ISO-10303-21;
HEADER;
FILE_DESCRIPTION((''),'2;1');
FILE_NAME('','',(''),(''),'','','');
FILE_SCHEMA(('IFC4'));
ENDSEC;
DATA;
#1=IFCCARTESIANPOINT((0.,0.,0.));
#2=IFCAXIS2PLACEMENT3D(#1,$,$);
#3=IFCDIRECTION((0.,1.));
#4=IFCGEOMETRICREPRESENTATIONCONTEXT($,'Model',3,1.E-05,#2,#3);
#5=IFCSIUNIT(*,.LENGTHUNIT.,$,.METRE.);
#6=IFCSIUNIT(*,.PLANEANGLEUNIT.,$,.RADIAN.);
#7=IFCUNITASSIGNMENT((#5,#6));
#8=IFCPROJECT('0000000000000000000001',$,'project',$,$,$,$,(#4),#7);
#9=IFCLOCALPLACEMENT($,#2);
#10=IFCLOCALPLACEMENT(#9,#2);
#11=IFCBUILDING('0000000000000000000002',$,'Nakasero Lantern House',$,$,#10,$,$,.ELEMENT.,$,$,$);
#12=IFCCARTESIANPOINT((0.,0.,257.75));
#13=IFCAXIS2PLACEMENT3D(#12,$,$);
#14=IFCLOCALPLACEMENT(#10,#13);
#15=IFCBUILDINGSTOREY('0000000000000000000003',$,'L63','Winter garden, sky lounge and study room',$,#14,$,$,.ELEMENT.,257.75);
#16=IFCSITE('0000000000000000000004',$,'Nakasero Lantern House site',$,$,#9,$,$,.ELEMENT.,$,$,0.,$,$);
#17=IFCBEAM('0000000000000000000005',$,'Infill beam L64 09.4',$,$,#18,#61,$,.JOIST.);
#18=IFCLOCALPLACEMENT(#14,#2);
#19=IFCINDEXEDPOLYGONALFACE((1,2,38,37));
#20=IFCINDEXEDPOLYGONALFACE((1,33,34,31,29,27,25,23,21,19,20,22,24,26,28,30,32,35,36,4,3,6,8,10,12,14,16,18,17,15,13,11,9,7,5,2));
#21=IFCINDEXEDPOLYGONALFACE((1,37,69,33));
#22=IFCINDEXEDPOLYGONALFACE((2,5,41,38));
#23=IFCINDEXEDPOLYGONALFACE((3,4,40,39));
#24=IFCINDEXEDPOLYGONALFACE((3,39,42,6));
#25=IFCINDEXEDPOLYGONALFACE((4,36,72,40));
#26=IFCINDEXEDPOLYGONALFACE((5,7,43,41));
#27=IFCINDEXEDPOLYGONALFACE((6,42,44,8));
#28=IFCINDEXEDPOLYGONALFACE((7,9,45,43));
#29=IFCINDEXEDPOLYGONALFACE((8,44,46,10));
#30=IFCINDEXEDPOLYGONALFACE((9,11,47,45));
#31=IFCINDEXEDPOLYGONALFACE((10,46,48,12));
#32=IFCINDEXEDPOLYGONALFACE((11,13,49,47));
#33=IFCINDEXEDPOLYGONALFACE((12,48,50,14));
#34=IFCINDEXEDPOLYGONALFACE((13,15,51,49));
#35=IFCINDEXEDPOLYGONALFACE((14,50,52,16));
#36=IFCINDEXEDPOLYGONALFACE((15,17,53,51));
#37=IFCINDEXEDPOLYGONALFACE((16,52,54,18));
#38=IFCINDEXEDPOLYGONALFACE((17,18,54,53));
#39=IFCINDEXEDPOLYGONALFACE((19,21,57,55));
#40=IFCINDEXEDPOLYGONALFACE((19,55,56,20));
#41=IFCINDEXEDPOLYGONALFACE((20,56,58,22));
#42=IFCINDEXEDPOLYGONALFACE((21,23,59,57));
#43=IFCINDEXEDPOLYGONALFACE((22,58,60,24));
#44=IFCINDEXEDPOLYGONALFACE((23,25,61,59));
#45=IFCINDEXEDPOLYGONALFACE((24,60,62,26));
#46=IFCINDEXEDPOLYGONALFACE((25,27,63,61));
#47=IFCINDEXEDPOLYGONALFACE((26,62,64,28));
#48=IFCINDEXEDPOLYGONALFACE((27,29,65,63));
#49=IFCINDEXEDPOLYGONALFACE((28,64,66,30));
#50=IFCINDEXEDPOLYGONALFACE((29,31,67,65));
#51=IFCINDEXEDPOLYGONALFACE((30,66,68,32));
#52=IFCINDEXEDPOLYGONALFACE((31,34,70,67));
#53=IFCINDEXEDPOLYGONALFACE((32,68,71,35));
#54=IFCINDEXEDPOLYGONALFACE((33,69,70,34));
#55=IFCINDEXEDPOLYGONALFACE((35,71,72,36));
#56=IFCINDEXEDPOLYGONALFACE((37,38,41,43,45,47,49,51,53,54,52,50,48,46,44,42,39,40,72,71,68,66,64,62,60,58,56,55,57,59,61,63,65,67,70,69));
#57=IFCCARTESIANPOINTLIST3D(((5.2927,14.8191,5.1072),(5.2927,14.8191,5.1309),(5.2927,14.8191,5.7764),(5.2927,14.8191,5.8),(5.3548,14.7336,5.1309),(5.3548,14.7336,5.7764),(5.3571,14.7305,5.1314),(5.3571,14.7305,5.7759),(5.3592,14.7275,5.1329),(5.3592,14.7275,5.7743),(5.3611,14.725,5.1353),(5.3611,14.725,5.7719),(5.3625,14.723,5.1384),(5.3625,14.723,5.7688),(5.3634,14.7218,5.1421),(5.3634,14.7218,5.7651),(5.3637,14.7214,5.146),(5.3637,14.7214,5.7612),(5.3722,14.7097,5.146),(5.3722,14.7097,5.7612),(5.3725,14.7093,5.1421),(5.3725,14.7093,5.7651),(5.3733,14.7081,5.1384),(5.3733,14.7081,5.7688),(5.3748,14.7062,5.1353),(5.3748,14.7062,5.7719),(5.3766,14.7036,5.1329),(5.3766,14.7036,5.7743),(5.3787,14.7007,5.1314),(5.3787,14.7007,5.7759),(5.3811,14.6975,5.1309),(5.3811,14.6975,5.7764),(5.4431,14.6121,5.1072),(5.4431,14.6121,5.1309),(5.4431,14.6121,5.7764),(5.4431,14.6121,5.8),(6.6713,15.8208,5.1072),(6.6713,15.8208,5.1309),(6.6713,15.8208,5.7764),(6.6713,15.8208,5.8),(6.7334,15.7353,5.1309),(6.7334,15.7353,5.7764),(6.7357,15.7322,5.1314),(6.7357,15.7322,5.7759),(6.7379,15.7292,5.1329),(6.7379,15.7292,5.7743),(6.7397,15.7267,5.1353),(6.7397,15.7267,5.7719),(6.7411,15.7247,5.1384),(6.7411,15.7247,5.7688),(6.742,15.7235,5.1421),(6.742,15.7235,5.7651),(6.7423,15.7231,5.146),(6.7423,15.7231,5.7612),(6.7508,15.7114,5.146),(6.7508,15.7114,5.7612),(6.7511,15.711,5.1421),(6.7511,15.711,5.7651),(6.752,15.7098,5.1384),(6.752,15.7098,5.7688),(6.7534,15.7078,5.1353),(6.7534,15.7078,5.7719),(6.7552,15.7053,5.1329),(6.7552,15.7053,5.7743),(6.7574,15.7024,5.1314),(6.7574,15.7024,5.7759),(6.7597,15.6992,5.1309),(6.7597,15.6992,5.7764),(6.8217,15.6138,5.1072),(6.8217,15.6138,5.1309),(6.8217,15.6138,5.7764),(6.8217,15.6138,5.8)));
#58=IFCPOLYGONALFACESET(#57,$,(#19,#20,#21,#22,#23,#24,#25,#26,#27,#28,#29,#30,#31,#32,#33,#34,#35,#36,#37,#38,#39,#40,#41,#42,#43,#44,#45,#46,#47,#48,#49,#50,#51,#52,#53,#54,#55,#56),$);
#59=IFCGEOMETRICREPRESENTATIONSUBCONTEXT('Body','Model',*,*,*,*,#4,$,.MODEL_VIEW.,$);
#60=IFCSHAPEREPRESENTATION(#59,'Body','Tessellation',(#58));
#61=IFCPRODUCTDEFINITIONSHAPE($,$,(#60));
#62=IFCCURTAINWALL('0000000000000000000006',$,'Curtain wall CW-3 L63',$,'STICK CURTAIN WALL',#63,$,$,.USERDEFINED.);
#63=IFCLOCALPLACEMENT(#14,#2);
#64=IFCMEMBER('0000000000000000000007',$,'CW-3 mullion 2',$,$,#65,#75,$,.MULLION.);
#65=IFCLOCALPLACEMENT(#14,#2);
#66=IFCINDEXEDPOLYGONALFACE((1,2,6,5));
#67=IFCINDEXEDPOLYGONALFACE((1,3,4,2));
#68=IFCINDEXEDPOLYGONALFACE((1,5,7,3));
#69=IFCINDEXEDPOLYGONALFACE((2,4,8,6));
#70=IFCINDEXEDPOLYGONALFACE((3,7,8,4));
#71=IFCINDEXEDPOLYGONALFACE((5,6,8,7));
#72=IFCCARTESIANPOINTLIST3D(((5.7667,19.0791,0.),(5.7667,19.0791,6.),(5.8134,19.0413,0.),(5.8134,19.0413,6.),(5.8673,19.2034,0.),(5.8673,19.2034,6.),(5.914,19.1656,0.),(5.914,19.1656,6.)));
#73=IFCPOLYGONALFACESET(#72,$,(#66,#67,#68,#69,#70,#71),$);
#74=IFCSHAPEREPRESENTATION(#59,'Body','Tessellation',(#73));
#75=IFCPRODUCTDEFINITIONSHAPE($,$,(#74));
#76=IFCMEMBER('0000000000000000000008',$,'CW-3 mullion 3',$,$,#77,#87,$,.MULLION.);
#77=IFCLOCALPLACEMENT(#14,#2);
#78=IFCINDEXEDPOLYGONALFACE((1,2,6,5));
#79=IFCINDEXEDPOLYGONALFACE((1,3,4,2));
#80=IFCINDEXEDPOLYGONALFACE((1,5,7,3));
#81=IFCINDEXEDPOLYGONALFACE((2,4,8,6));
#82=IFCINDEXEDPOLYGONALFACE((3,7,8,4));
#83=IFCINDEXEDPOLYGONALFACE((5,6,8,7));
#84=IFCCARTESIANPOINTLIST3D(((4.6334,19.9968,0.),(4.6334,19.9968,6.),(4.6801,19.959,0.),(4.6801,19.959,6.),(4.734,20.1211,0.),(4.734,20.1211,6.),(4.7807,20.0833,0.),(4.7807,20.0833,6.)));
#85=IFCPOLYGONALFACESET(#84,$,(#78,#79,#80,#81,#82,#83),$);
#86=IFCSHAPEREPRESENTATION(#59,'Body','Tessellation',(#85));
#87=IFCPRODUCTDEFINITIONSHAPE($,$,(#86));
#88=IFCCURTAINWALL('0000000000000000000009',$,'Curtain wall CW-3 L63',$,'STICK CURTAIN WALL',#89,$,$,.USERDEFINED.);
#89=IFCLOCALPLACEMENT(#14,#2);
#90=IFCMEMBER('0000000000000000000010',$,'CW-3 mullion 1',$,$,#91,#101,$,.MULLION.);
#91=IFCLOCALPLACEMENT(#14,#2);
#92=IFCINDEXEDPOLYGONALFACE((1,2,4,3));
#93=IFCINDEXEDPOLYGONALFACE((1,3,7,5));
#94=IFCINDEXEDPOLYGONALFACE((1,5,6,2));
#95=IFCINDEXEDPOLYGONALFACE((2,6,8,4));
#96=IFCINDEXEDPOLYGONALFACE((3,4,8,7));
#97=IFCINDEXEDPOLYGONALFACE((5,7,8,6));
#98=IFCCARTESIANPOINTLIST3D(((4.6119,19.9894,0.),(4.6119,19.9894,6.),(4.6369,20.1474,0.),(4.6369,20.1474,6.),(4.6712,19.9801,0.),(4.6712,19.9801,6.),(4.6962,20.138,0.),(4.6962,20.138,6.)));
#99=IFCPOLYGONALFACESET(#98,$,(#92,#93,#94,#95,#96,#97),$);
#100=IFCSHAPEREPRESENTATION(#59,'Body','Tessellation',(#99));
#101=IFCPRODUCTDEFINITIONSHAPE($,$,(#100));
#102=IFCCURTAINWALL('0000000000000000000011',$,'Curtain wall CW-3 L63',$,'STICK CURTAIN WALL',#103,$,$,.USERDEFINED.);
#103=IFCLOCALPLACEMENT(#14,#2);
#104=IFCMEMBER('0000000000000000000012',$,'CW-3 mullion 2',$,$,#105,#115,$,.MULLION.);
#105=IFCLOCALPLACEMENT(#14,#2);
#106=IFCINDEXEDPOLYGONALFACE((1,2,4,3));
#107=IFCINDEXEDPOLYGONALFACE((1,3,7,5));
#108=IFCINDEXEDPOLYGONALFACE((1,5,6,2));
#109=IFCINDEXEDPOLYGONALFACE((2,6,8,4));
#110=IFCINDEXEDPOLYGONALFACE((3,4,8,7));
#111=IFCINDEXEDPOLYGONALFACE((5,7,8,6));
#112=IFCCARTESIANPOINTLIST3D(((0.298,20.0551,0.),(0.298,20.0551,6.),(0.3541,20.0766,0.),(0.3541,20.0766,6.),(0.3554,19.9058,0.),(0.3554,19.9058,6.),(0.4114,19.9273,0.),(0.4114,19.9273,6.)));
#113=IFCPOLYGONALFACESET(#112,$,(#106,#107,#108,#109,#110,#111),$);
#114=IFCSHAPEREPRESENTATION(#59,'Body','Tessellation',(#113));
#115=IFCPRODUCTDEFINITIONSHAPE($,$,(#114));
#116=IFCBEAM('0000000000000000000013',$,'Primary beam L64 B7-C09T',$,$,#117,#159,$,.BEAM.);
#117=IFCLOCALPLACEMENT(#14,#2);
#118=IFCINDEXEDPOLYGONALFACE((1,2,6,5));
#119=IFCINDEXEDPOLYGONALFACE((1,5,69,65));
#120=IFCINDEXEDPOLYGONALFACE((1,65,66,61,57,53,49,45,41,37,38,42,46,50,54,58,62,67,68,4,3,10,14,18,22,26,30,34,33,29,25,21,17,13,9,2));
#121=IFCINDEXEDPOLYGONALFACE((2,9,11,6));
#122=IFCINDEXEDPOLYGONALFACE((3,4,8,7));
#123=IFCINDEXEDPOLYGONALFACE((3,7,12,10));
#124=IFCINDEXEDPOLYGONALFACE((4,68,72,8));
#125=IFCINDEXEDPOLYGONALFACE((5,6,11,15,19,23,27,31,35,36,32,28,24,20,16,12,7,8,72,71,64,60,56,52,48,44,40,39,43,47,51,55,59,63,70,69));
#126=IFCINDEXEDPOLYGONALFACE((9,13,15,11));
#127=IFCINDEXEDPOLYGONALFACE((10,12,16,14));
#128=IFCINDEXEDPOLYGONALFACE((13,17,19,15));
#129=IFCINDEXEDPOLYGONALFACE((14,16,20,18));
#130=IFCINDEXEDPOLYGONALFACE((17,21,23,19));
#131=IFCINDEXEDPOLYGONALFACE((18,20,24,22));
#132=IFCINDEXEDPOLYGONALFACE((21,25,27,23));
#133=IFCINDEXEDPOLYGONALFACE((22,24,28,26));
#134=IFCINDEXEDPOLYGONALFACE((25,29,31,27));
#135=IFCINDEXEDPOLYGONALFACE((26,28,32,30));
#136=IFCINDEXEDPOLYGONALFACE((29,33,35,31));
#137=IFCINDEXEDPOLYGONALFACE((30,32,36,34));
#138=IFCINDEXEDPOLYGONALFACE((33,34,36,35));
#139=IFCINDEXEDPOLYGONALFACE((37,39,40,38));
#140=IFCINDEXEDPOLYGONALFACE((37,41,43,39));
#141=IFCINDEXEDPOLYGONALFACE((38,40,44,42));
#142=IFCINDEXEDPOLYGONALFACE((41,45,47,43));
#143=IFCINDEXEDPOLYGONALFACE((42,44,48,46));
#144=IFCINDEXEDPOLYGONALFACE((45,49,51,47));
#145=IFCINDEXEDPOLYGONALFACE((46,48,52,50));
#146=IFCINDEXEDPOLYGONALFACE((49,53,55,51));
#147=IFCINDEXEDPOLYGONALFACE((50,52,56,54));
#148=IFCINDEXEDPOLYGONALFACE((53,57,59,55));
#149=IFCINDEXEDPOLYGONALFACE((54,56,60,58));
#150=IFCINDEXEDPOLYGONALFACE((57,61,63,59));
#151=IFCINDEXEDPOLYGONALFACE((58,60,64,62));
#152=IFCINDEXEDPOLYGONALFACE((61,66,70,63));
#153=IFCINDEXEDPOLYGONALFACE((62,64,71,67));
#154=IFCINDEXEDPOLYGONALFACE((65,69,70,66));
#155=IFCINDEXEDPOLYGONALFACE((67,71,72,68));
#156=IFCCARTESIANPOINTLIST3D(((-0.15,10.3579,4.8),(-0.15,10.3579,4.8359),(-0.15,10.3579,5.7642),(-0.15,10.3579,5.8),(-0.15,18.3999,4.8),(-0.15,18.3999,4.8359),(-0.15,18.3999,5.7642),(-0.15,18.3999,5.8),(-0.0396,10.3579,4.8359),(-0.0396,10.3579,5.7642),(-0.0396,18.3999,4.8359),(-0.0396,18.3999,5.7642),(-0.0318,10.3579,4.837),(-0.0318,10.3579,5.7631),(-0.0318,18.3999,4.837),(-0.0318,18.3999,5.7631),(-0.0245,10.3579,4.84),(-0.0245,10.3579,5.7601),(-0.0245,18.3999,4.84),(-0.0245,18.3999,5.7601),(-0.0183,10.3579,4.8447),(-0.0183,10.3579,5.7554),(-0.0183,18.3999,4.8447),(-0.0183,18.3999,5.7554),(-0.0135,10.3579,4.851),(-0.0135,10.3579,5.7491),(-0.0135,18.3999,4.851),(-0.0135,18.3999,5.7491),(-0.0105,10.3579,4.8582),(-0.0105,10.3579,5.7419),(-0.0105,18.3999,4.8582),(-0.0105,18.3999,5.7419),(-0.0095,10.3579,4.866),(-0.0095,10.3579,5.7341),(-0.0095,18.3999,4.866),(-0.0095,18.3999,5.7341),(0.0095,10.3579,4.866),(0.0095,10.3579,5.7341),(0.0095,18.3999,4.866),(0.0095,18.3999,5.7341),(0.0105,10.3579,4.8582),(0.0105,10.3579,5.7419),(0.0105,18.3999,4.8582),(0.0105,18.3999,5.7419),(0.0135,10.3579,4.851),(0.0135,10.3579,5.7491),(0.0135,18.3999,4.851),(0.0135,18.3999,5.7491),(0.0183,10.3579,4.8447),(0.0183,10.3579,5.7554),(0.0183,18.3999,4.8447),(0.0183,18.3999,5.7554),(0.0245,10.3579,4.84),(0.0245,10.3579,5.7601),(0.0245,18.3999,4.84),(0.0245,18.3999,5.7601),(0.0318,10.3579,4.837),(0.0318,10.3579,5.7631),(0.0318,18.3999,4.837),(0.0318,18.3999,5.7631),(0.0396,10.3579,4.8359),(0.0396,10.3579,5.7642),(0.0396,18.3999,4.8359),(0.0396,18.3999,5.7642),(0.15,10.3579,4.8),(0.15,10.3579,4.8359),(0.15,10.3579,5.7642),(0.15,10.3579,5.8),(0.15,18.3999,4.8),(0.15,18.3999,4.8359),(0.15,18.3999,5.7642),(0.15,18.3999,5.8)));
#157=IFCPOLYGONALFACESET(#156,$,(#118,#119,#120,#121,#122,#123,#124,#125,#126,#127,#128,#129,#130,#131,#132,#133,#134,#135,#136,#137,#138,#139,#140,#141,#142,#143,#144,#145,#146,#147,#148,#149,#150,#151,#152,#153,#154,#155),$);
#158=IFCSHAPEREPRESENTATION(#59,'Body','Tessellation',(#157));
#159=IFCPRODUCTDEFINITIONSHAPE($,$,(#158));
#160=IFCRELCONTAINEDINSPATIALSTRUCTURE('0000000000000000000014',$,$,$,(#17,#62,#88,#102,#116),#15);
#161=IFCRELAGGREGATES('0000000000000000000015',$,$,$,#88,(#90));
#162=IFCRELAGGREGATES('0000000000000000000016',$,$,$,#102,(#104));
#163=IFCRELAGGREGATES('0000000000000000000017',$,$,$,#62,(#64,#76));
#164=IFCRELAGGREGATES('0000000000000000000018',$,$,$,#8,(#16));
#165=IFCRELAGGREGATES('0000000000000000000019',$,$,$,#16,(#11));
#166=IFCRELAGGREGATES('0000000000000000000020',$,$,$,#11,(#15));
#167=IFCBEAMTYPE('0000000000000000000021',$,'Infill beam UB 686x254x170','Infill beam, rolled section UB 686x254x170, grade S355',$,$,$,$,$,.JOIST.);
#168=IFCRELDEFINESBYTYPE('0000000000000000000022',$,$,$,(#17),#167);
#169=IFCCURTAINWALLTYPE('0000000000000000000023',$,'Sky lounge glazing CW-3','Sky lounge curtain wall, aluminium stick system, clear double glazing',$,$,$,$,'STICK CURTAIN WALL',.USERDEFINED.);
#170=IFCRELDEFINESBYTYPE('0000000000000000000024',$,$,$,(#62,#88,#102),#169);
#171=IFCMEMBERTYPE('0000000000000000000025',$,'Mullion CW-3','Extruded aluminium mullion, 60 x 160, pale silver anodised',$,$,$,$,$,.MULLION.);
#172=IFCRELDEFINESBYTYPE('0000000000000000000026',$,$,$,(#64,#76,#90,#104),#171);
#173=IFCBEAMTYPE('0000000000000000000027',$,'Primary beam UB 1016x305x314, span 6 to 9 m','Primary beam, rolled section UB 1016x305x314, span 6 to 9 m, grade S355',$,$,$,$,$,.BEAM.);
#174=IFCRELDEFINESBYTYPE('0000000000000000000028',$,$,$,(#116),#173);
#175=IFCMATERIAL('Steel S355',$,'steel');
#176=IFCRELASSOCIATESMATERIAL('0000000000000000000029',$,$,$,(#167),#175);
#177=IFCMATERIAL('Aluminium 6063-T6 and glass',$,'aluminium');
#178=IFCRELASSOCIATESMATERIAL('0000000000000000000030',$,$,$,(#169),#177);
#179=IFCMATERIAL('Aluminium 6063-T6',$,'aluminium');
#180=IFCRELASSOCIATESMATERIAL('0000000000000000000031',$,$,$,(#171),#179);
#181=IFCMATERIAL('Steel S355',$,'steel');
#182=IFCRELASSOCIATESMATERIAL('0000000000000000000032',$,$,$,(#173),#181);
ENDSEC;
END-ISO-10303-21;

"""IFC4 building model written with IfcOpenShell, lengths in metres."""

from ifc_helpers import new_model, si_unit, direction, frame, origin, origin_2d, place, context, subcontext, project, spatial, rectangle, i_section, extrude, material, material_profile, profile_set, type_object, element, aggregate, save


model = new_model("IFC4")

# Units and contexts
model_context = context("Model", 3, precision=1e-05, world=origin(), true_north=direction((0.0, 1.0)))
body_context = subcontext(model_context, "Body", "Model", "MODEL_VIEW")
ifc_project = project(units=[si_unit("LENGTHUNIT", "METRE"), si_unit("PLANEANGLEUNIT", "RADIAN")], contexts=[model_context])

# Site, building, storey
site_placement = place(None, origin())
site = spatial("IfcSite", under=ifc_project, at=site_placement, Name="Nakasero Lantern House site", CompositionType="ELEMENT", RefElevation=0.0)
building_placement = place(site_placement, origin())
building = spatial("IfcBuilding", under=site, at=building_placement, Name="Nakasero Lantern House", CompositionType="ELEMENT")
storey_placement = place(building_placement, frame((0.0, 0.0, 257.75)))
storey = spatial("IfcBuildingStorey", under=building, at=storey_placement, Name="L63", Description="Winter garden, sky lounge and study room", CompositionType="ELEMENT", Elevation=257.75)

# Beam
ifc_material_1 = material(Name="Steel S355", Category="steel")
ifc_material_profile_1 = material_profile(ifc_material_1, i_section(OverallWidth=0.2559, OverallDepth=0.6929, WebThickness=0.0144, FlangeThickness=0.0237, FilletRadius=0.0151, at=origin_2d()), Name="UB 686x254x170")
ifc_profile_set_1 = profile_set([ifc_material_profile_1], Name="Steel S355")
beam_type_1 = type_object("IfcBeamType", Name="Infill beam UB 686x254x170", Description="Infill beam, rolled section UB 686x254x170, grade S355", PredefinedType="JOIST", material=ifc_profile_set_1)
beam_1_placement = place(storey_placement, frame((5.3679, 14.7156, 5.4536), z_axis=(0.809002, 0.587805, 0.0), x_axis=(-0.587805, 0.809002, 0.0)))
element("IfcBeam", 1, at=beam_1_placement, inside=storey, type_object=beam_type_1, Name="Infill beam L64 09.4", PredefinedType="JOIST", context=body_context, shape_type="SweptSolid", body=[
    extrude(i_section(OverallWidth=0.2559, OverallDepth=0.6929, WebThickness=0.0144, FlangeThickness=0.0237, FilletRadius=0.0151, at=origin_2d()), origin(), (0.0, 0.0, 1.0), 1.7041),
])

# Curtain wall, members
ifc_material_2 = material(Name="Aluminium 6063-T6 and glass", Category="aluminium")
curtain_wall_type = type_object("IfcCurtainWallType", Name="Sky lounge glazing CW-3", Description="Sky lounge curtain wall, aluminium stick system, clear double glazing", ElementType="STICK CURTAIN WALL", PredefinedType="USERDEFINED", material=ifc_material_2)
curtain_wall_1_placement = place(storey_placement, origin())
curtain_wall_1 = element("IfcCurtainWall", 2, at=curtain_wall_1_placement, inside=storey, type_object=curtain_wall_type, Name="Curtain wall CW-3 L63", ObjectType="STICK CURTAIN WALL", PredefinedType="USERDEFINED")
ifc_material_3 = material(Name="Aluminium 6063-T6", Category="aluminium")
ifc_material_profile_2 = material_profile(ifc_material_3, rectangle(XDim=0.0601, YDim=0.1599, at=origin_2d()), Name="CW-3 mullion 60x160")
ifc_profile_set_2 = profile_set([ifc_material_profile_2], Name="Aluminium 6063-T6")
member_type_1 = type_object("IfcMemberType", Name="Mullion CW-3", Description="Extruded aluminium mullion, 60 x 160, pale silver anodised", PredefinedType="MULLION", material=ifc_profile_set_2)
member_1_placement = place(storey_placement, frame((5.8403, 19.1223, 0.0), z_axis=(0.0, 0.0, 1.0), x_axis=(-0.777146, 0.62932, 0.0)))
member_1 = element("IfcMember", 3, at=member_1_placement, type_object=member_type_1, Name="CW-3 mullion 2", PredefinedType="MULLION", context=body_context, shape_type="SweptSolid", body=[
    extrude(rectangle(XDim=0.0601, YDim=0.1599, at=origin_2d()), origin(), (0.0, 0.0, 1.0), 6.0),
])
member_2_placement = place(storey_placement, frame((4.707, 20.04, 0.0), z_axis=(0.0, 0.0, 1.0), x_axis=(-0.777146, 0.62932, 0.0)))
member_2 = element("IfcMember", 4, at=member_2_placement, type_object=member_type_1, Name="CW-3 mullion 3", PredefinedType="MULLION", context=body_context, shape_type="SweptSolid", body=[
    extrude(rectangle(XDim=0.0601, YDim=0.1599, at=origin_2d()), origin(), (0.0, 0.0, 1.0), 6.0),
])

# Curtain walls, members
curtain_wall_2_placement = place(storey_placement, origin())
curtain_wall_2 = element("IfcCurtainWall", 5, at=curtain_wall_2_placement, inside=storey, type_object=curtain_wall_type, Name="Curtain wall CW-3 L63", ObjectType="STICK CURTAIN WALL", PredefinedType="USERDEFINED")
member_3_placement = place(storey_placement, frame((4.6541, 20.0637, 0.0), z_axis=(0.0, 0.0, 1.0), x_axis=(-0.987688, 0.156434, 0.0)))
member_3 = element("IfcMember", 6, at=member_3_placement, type_object=member_type_1, Name="CW-3 mullion 1", PredefinedType="MULLION", context=body_context, shape_type="SweptSolid", body=[
    extrude(rectangle(XDim=0.0601, YDim=0.1599, at=origin_2d()), origin(), (0.0, 0.0, 1.0), 6.0),
])
aggregate(curtain_wall_2, [member_3])
curtain_wall_3_placement = place(storey_placement, origin())
curtain_wall_3 = element("IfcCurtainWall", 7, at=curtain_wall_3_placement, inside=storey, type_object=curtain_wall_type, Name="Curtain wall CW-3 L63", ObjectType="STICK CURTAIN WALL", PredefinedType="USERDEFINED")
member_4_placement = place(storey_placement, frame((0.3547, 19.9912, 0.0), z_axis=(0.0, 0.0, 1.0), x_axis=(-0.93358, -0.358368, 0.0)))
member_4 = element("IfcMember", 8, at=member_4_placement, type_object=member_type_1, Name="CW-3 mullion 2", PredefinedType="MULLION", context=body_context, shape_type="SweptSolid", body=[
    extrude(rectangle(XDim=0.0601, YDim=0.1599, at=origin_2d()), origin(), (0.0, 0.0, 1.0), 6.0),
])

# Beam
ifc_material_4 = material(Name="Steel S355", Category="steel")
ifc_material_profile_3 = material_profile(ifc_material_4, i_section(OverallWidth=0.3, OverallDepth=1.0, WebThickness=0.019, FlangeThickness=0.0359, FilletRadius=0.03, at=origin_2d()), Name="UB 1016x305x314")
ifc_profile_set_3 = profile_set([ifc_material_profile_3], Name="Steel S355")
beam_type_2 = type_object("IfcBeamType", Name="Primary beam UB 1016x305x314, span 6 to 9 m", Description="Primary beam, rolled section UB 1016x305x314, span 6 to 9 m, grade S355", PredefinedType="BEAM", material=ifc_profile_set_3)
beam_2_placement = place(storey_placement, frame((0.0, 18.3999, 5.3), z_axis=(0.0, -1.0, 0.0), x_axis=(1.0, 0.0, 0.0)))
element("IfcBeam", 9, at=beam_2_placement, inside=storey, type_object=beam_type_2, Name="Primary beam L64 B7-C09T", PredefinedType="BEAM", context=body_context, shape_type="SweptSolid", body=[
    extrude(i_section(OverallWidth=0.3, OverallDepth=1.0, WebThickness=0.019, FlangeThickness=0.0359, FilletRadius=0.03, at=origin_2d()), origin(), (0.0, 0.0, 1.0), 8.042),
])

aggregate(curtain_wall_3, [member_4])

aggregate(curtain_wall_1, [member_1, member_2])

save(model, "model.ifc")
